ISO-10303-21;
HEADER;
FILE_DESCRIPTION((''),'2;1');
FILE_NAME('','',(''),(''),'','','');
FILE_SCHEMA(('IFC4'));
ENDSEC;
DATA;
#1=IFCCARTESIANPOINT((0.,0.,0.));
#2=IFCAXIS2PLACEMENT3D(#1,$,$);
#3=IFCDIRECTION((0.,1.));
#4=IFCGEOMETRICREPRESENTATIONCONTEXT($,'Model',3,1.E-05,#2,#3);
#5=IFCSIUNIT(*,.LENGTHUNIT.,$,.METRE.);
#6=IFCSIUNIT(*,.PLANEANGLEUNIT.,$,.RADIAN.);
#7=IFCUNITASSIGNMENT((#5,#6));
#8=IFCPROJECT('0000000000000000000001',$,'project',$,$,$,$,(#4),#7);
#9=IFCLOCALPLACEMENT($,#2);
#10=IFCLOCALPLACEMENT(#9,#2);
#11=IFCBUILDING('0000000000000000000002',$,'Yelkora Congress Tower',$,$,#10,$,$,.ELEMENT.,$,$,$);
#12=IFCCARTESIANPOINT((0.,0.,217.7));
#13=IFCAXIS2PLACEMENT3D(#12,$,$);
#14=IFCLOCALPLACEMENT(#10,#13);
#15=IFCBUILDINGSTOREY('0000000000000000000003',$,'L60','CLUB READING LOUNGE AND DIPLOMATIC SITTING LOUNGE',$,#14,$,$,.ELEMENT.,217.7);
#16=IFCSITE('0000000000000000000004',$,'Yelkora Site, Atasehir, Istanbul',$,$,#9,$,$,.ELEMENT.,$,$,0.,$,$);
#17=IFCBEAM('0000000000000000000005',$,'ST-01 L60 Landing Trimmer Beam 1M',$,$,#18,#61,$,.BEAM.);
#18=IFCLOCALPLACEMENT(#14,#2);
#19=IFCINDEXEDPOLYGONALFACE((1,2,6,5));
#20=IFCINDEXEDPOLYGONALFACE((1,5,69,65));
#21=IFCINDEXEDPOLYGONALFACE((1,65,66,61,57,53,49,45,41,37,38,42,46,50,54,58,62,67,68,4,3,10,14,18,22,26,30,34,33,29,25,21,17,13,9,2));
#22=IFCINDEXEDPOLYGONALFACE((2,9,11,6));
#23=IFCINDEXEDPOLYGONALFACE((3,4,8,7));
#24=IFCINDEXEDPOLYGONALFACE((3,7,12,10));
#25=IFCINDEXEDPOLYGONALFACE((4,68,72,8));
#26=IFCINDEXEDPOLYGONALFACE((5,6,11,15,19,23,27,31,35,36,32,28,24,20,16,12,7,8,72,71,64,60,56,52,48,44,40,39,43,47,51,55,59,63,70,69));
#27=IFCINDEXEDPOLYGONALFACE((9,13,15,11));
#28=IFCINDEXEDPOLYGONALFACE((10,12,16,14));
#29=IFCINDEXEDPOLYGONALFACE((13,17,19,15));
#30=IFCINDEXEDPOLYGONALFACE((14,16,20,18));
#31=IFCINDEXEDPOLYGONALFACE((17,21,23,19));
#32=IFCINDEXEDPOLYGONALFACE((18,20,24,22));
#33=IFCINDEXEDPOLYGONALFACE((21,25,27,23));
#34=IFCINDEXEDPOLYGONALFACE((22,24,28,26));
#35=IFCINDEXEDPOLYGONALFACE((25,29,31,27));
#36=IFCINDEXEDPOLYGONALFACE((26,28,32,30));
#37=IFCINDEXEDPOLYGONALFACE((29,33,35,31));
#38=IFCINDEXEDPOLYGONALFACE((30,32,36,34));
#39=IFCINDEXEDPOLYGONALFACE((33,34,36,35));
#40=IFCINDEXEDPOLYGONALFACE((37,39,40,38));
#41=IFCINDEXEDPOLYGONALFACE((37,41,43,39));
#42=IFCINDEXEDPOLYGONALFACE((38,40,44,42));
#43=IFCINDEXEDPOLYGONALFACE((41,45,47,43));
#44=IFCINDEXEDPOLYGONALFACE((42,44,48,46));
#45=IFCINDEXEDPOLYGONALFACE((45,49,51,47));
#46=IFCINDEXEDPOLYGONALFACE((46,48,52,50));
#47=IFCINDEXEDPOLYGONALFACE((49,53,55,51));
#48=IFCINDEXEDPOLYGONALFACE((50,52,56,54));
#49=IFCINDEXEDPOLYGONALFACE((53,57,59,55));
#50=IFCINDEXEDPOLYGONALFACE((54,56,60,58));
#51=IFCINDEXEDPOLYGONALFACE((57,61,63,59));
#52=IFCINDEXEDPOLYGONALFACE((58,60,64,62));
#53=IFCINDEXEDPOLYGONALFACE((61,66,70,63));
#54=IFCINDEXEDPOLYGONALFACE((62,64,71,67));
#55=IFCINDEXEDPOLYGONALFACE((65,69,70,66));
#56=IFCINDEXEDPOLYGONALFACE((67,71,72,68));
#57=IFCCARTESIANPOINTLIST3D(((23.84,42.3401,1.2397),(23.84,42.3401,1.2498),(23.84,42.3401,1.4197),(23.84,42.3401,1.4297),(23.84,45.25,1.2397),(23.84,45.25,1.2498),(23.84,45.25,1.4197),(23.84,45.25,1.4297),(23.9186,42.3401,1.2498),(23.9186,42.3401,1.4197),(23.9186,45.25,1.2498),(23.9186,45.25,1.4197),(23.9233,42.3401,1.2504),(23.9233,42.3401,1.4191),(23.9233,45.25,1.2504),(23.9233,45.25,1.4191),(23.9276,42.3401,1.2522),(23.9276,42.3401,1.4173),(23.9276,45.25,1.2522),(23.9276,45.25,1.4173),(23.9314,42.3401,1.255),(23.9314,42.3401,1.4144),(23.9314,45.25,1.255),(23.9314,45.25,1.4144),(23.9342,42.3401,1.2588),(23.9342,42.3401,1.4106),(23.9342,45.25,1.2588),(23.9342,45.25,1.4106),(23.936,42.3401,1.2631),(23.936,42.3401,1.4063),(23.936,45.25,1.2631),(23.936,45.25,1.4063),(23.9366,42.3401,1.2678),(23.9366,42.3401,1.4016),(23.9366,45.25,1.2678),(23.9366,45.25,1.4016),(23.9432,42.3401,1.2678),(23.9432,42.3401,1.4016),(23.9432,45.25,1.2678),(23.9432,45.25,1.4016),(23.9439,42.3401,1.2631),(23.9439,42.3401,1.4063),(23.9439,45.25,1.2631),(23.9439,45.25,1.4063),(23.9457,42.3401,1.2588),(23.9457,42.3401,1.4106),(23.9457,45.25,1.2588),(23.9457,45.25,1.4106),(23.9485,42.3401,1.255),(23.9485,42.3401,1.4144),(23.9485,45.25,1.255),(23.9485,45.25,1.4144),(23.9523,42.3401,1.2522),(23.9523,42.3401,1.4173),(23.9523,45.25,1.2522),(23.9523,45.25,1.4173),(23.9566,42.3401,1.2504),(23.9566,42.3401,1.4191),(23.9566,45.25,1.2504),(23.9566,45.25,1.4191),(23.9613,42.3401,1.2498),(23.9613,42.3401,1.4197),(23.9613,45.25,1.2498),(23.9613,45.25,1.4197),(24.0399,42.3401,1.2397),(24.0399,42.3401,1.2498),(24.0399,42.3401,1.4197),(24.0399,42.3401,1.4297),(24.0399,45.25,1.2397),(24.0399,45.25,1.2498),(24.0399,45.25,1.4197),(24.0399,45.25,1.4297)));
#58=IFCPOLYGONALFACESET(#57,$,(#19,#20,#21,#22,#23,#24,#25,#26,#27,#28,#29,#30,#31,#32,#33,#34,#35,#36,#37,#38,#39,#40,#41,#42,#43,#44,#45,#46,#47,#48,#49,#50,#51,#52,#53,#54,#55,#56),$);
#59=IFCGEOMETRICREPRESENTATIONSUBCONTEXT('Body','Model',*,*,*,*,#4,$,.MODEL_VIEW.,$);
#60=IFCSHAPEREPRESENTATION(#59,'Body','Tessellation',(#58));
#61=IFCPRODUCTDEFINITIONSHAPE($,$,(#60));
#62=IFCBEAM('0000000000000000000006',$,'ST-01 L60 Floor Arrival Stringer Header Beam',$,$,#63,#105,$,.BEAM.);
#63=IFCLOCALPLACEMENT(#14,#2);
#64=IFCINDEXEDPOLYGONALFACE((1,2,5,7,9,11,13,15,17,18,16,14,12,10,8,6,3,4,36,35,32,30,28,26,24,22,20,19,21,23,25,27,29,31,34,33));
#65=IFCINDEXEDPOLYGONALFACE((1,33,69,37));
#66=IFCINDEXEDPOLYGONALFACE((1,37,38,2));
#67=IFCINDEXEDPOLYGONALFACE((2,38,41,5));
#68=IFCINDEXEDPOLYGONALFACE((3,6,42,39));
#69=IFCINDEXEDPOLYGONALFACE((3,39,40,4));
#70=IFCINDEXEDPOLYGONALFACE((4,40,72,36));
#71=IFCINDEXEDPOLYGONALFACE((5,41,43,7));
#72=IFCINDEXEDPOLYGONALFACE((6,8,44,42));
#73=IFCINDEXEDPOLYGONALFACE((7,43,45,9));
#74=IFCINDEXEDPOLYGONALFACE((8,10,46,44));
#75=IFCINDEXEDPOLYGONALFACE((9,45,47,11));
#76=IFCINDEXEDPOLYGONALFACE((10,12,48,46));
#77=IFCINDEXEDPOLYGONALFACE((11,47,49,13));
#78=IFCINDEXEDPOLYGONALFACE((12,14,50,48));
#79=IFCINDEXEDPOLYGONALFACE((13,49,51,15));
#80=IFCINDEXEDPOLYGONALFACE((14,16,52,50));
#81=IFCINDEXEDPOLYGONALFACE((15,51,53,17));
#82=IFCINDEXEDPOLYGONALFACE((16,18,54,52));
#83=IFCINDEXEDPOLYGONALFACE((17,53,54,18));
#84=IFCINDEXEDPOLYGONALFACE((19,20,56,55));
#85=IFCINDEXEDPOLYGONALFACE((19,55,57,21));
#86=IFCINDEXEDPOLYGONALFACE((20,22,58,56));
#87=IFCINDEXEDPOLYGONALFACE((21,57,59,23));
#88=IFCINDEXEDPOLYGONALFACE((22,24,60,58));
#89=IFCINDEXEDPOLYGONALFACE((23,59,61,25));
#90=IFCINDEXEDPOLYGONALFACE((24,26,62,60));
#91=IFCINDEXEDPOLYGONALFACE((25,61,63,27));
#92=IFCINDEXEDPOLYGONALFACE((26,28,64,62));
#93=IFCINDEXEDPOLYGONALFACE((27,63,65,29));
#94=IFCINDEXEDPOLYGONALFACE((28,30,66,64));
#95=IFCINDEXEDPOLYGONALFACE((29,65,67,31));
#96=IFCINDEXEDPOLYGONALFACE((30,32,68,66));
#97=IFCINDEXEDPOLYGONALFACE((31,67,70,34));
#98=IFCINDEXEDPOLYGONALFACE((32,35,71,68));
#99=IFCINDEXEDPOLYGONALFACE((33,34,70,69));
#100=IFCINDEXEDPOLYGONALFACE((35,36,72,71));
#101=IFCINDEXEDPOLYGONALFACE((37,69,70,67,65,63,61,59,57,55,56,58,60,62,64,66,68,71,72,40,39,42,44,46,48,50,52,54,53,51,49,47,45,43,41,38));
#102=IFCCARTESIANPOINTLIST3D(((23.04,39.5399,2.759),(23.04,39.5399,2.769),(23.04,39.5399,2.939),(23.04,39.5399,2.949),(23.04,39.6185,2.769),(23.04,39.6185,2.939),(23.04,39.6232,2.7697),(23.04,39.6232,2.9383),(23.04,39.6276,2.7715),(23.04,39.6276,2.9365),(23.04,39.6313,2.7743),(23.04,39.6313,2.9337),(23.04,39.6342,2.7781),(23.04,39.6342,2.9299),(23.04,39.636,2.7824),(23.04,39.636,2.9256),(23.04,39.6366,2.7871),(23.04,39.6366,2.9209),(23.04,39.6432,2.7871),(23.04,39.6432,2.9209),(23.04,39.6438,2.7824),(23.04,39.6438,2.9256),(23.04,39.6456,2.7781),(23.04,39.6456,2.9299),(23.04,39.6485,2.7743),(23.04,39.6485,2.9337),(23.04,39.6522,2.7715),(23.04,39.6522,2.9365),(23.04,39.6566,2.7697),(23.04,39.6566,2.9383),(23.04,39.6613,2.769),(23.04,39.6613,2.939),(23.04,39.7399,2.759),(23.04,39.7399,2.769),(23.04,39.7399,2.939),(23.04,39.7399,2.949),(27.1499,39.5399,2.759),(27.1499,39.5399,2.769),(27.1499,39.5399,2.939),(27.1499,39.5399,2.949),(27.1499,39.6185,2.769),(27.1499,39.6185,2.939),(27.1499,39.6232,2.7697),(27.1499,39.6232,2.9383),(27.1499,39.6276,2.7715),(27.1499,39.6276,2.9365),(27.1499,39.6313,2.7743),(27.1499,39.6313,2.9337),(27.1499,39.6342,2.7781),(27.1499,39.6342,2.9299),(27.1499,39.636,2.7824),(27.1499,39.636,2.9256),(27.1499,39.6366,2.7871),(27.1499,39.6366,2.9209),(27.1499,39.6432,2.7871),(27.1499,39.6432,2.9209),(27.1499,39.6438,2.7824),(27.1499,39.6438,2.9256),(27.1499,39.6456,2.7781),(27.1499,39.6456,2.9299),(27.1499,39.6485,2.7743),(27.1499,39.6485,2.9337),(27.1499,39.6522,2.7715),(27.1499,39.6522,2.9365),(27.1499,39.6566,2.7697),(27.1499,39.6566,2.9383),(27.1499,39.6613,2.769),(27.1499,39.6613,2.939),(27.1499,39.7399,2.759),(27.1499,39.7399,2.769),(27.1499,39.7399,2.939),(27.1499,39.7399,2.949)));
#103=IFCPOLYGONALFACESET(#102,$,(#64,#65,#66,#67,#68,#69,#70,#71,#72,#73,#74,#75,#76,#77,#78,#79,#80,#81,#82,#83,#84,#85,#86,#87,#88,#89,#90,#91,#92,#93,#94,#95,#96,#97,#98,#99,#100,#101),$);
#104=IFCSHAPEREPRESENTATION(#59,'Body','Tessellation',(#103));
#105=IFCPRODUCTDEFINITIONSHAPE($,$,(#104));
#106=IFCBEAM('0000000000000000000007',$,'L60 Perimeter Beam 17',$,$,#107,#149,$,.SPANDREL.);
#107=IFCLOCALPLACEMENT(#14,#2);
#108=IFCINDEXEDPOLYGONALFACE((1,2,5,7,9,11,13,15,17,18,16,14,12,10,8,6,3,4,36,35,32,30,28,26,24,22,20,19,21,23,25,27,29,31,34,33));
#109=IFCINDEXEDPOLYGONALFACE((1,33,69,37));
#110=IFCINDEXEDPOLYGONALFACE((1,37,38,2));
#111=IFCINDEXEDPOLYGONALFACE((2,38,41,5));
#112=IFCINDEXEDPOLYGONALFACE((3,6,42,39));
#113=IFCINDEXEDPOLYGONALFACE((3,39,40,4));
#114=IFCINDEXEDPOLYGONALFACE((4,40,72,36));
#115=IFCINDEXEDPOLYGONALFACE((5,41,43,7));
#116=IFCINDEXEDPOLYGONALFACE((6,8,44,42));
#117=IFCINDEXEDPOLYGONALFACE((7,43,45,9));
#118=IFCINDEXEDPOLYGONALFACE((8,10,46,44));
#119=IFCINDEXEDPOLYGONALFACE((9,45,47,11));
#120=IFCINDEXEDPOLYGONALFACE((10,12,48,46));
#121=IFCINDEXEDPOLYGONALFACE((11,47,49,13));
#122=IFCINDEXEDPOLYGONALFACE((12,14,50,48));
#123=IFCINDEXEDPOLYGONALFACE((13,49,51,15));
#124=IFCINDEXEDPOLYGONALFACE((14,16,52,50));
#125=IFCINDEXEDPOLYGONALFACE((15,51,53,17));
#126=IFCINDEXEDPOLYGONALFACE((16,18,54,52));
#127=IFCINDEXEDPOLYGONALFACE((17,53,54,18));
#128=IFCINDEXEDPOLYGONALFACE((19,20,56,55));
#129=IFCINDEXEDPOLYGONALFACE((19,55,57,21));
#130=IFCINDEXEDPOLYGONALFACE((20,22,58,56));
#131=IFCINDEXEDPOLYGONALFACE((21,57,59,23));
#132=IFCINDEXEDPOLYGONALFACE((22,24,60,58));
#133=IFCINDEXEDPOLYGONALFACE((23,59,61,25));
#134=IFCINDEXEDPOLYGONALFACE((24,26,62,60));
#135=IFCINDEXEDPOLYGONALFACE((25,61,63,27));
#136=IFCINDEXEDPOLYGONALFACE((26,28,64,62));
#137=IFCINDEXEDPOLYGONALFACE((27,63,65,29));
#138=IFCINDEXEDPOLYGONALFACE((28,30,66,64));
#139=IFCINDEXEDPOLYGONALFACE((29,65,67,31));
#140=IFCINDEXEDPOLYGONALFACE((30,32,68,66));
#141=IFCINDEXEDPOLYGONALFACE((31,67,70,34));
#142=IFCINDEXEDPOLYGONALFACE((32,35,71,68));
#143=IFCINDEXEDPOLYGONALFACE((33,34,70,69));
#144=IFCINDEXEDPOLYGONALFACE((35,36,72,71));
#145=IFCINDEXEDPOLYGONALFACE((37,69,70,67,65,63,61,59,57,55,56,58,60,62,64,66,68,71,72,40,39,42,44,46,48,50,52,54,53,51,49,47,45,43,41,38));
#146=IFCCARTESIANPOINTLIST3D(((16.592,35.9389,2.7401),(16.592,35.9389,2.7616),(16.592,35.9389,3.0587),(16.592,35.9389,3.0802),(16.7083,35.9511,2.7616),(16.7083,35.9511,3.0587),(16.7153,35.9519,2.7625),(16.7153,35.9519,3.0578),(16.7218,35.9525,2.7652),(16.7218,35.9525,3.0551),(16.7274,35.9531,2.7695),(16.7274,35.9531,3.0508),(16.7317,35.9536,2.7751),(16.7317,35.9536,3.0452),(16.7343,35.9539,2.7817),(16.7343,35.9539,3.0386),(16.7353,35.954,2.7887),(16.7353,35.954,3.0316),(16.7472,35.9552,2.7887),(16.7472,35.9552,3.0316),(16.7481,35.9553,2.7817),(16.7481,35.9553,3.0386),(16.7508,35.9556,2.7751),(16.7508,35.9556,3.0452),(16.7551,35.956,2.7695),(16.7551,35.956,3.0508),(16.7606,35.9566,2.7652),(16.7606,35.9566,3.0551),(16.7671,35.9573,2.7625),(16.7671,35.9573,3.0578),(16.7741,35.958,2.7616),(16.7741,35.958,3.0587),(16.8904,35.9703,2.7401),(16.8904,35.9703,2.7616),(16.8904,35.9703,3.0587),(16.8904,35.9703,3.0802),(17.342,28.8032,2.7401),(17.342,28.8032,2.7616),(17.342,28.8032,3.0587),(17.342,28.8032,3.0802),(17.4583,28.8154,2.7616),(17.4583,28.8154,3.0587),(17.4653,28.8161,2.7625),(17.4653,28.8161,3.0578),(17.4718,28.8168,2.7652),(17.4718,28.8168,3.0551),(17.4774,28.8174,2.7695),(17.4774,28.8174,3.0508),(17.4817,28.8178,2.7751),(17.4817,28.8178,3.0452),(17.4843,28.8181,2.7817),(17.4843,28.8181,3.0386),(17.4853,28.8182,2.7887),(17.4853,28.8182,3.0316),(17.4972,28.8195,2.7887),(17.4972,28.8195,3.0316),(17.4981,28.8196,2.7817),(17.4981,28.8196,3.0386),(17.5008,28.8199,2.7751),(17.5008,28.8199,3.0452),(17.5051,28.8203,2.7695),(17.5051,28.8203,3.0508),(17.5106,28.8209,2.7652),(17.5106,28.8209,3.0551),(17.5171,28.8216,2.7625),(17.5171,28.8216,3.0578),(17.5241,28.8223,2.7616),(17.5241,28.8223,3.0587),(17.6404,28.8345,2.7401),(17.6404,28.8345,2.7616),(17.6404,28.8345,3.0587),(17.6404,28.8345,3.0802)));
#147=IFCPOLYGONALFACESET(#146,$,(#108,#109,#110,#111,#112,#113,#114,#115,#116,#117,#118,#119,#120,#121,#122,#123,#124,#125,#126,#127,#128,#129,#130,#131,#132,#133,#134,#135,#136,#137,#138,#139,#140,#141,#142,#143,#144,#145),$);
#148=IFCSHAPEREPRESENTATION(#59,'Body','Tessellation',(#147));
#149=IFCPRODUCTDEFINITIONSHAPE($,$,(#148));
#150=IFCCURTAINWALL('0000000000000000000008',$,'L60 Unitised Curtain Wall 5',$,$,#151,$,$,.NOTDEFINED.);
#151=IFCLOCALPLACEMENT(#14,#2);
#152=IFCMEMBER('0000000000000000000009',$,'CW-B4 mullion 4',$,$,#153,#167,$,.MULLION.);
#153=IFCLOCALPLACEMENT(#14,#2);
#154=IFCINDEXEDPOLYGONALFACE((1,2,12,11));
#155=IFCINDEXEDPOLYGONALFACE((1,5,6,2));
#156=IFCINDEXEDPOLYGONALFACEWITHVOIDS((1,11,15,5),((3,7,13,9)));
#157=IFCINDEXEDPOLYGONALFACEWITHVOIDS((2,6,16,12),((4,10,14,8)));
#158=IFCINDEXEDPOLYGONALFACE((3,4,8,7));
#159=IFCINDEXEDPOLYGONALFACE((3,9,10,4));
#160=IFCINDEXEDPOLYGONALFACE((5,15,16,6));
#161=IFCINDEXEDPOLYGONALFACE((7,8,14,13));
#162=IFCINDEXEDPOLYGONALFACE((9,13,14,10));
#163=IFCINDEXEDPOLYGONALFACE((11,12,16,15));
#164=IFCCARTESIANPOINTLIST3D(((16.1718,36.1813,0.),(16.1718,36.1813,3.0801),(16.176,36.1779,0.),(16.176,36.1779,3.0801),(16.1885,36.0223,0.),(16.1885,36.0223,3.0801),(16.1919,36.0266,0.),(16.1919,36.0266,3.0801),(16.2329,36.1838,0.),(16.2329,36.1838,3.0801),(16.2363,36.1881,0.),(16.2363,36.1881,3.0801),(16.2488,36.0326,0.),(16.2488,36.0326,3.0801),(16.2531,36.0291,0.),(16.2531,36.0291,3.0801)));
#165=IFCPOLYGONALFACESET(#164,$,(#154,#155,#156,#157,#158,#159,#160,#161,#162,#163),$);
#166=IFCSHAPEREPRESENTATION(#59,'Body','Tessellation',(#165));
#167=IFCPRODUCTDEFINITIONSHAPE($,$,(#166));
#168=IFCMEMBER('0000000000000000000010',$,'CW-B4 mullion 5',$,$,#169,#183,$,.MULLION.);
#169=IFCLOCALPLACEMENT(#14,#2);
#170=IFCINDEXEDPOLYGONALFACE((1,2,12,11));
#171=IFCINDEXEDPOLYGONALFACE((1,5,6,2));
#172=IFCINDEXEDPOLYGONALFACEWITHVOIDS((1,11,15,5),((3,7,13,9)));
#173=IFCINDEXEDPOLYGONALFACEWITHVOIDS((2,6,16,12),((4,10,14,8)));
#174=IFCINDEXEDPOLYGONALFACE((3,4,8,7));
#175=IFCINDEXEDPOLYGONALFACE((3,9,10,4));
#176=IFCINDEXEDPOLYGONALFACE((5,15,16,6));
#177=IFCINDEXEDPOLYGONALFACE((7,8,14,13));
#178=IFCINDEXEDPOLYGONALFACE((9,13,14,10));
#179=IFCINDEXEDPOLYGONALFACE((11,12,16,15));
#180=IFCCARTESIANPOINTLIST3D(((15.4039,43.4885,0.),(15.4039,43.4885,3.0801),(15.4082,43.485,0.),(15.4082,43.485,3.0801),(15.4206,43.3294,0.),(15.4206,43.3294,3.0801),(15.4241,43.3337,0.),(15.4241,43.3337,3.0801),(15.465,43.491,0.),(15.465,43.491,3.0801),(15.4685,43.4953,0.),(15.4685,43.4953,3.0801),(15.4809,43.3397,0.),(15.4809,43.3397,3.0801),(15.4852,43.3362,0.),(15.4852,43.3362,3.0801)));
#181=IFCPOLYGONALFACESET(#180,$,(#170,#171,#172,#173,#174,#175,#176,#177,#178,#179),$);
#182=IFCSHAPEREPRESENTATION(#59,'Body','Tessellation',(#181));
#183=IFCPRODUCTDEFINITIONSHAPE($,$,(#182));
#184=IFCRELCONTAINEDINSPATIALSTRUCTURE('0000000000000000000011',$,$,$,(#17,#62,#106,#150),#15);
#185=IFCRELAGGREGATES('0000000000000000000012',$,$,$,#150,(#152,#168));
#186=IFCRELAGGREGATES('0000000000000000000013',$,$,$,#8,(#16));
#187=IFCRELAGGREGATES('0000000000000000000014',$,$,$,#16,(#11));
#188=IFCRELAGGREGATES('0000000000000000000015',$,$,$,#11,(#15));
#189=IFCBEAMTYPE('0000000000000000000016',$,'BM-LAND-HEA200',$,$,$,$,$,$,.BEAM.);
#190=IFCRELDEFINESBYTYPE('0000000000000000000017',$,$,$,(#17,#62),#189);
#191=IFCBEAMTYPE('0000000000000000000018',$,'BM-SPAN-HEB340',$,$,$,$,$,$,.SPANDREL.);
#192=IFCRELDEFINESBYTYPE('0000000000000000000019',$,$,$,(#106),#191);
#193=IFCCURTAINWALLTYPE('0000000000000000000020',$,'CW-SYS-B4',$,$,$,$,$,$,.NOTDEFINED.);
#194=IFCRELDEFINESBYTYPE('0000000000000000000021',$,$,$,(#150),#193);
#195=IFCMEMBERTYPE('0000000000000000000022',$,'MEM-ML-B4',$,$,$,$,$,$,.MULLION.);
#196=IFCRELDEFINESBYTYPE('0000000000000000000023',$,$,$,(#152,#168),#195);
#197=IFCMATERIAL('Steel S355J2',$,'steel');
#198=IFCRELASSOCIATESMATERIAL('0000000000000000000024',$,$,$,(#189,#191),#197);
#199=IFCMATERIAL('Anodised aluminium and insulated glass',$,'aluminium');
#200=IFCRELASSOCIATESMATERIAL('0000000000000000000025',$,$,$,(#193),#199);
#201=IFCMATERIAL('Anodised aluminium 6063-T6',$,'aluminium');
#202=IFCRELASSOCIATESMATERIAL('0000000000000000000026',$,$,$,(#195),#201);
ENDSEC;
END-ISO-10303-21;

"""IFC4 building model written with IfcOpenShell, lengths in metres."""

from ifc_helpers import new_model, si_unit, direction, frame, origin, origin_2d, place, context, subcontext, project, spatial, hollow_rectangle, i_section, extrude, material, material_profile, profile_set, type_object, element, aggregate, save


model = new_model("IFC4")

# Units and contexts
model_context = context("Model", 3, precision=1e-05, world=origin(), true_north=direction((0.0, 1.0)))
body_context = subcontext(model_context, "Body", "Model", "MODEL_VIEW")
ifc_project = project(units=[si_unit("LENGTHUNIT", "METRE"), si_unit("PLANEANGLEUNIT", "RADIAN")], contexts=[model_context])

# Site, building, storey
site_placement = place(None, origin())
site = spatial("IfcSite", under=ifc_project, at=site_placement, Name="Yelkora Site, Atasehir, Istanbul", CompositionType="ELEMENT", RefElevation=0.0)
building_placement = place(site_placement, origin())
building = spatial("IfcBuilding", under=site, at=building_placement, Name="Yelkora Congress Tower", CompositionType="ELEMENT")
storey_placement = place(building_placement, frame((0.0, 0.0, 217.7)))
storey = spatial("IfcBuildingStorey", under=building, at=storey_placement, Name="L60", Description="CLUB READING LOUNGE AND DIPLOMATIC SITTING LOUNGE", CompositionType="ELEMENT", Elevation=217.7)

# Shared definitions
ifc_material_1 = material(Name="Steel S355J2", Category="steel")

# Beams
ifc_material_profile_1 = material_profile(ifc_material_1, i_section(OverallWidth=0.2, OverallDepth=0.1899, WebThickness=0.0066, FlangeThickness=0.01, FilletRadius=0.0181, at=origin_2d()), Name="HEA 200")
ifc_profile_set_1 = profile_set([ifc_material_profile_1], Name="Steel S355J2")
beam_type_1 = type_object("IfcBeamType", Name="BM-LAND-HEA200", PredefinedType="BEAM", material=ifc_profile_set_1)
beam_1_placement = place(storey_placement, frame((23.9399, 42.3401, 1.3347), z_axis=(0.0, 1.0, 0.0), x_axis=(-1.0, 0.0, 0.0)))
element("IfcBeam", 1, at=beam_1_placement, inside=storey, type_object=beam_type_1, Name="ST-01 L60 Landing Trimmer Beam 1M", PredefinedType="BEAM", context=body_context, shape_type="SweptSolid", body=[
    extrude(i_section(OverallWidth=0.2, OverallDepth=0.1899, WebThickness=0.0066, FlangeThickness=0.01, FilletRadius=0.0181, at=origin_2d()), origin(), (0.0, 0.0, 1.0), 2.9099),
])
beam_2_placement = place(storey_placement, frame((23.04, 39.6399, 2.854), z_axis=(1.0, 0.0, 0.0), x_axis=(0.0, 1.0, 0.0)))
element("IfcBeam", 2, at=beam_2_placement, inside=storey, type_object=beam_type_1, Name="ST-01 L60 Floor Arrival Stringer Header Beam", PredefinedType="BEAM", context=body_context, shape_type="SweptSolid", body=[
    extrude(i_section(OverallWidth=0.2, OverallDepth=0.1899, WebThickness=0.0066, FlangeThickness=0.01, FilletRadius=0.0181, at=origin_2d()), origin(), (0.0, 0.0, 1.0), 4.1099),
])
ifc_material_profile_2 = material_profile(ifc_material_1, i_section(OverallWidth=0.3, OverallDepth=0.3401, WebThickness=0.012, FlangeThickness=0.0215, FilletRadius=0.0271, at=origin_2d()), Name="HEB 340")
ifc_profile_set_2 = profile_set([ifc_material_profile_2], Name="Steel S355J2")
beam_type_2 = type_object("IfcBeamType", Name="BM-SPAN-HEB340", PredefinedType="SPANDREL", material=ifc_profile_set_2)
beam_3_placement = place(storey_placement, frame((16.7412, 35.9546, 2.9102), z_axis=(0.104529, -0.994522, 0.0), x_axis=(0.994522, 0.104529, 0.0)))
element("IfcBeam", 3, at=beam_3_placement, inside=storey, type_object=beam_type_2, Name="L60 Perimeter Beam 17", PredefinedType="SPANDREL", context=body_context, shape_type="SweptSolid", body=[
    extrude(i_section(OverallWidth=0.3, OverallDepth=0.3401, WebThickness=0.012, FlangeThickness=0.0215, FilletRadius=0.0271, at=origin_2d()), origin(), (0.0, 0.0, 1.0), 7.175),
])

# Curtain wall, members
ifc_material_2 = material(Name="Anodised aluminium and insulated glass", Category="aluminium")
curtain_wall_type = type_object("IfcCurtainWallType", Name="CW-SYS-B4", PredefinedType="NOTDEFINED", material=ifc_material_2)
curtain_wall_placement = place(storey_placement, origin())
curtain_wall = element("IfcCurtainWall", 4, at=curtain_wall_placement, inside=storey, type_object=curtain_wall_type, Name="L60 Unitised Curtain Wall 5", PredefinedType="NOTDEFINED")
ifc_material_3 = material(Name="Anodised aluminium 6063-T6", Category="aluminium")
ifc_material_profile_3 = material_profile(ifc_material_3, hollow_rectangle(XDim=0.0649, YDim=0.1599, WallThickness=0.0039, at=origin_2d()), Name="ALU 65x160x4")
ifc_profile_set_3 = profile_set([ifc_material_profile_3], Name="Anodised aluminium 6063-T6")
member_type_1 = type_object("IfcMemberType", Name="MEM-ML-B4", PredefinedType="MULLION", material=ifc_profile_set_3)
member_1_placement = place(storey_placement, frame((16.2124, 36.1052, 0.0), z_axis=(0.0, 0.0, 1.0), x_axis=(-0.994522, -0.104526, 0.0)))
member_1 = element("IfcMember", 5, at=member_1_placement, type_object=member_type_1, Name="CW-B4 mullion 4", PredefinedType="MULLION", context=body_context, shape_type="SweptSolid", body=[
    extrude(hollow_rectangle(XDim=0.0649, YDim=0.1599, WallThickness=0.0039, at=origin_2d()), origin(), (0.0, 0.0, 1.0), 3.0801),
])
member_2_placement = place(storey_placement, frame((15.4446, 43.4124, 0.0), z_axis=(0.0, 0.0, 1.0), x_axis=(-0.994522, -0.104526, 0.0)))
member_2 = element("IfcMember", 6, at=member_2_placement, type_object=member_type_1, Name="CW-B4 mullion 5", PredefinedType="MULLION", context=body_context, shape_type="SweptSolid", body=[
    extrude(hollow_rectangle(XDim=0.0649, YDim=0.1599, WallThickness=0.0039, at=origin_2d()), origin(), (0.0, 0.0, 1.0), 3.0801),
])
aggregate(curtain_wall, [member_1, member_2])

save(model, "model.ifc")
